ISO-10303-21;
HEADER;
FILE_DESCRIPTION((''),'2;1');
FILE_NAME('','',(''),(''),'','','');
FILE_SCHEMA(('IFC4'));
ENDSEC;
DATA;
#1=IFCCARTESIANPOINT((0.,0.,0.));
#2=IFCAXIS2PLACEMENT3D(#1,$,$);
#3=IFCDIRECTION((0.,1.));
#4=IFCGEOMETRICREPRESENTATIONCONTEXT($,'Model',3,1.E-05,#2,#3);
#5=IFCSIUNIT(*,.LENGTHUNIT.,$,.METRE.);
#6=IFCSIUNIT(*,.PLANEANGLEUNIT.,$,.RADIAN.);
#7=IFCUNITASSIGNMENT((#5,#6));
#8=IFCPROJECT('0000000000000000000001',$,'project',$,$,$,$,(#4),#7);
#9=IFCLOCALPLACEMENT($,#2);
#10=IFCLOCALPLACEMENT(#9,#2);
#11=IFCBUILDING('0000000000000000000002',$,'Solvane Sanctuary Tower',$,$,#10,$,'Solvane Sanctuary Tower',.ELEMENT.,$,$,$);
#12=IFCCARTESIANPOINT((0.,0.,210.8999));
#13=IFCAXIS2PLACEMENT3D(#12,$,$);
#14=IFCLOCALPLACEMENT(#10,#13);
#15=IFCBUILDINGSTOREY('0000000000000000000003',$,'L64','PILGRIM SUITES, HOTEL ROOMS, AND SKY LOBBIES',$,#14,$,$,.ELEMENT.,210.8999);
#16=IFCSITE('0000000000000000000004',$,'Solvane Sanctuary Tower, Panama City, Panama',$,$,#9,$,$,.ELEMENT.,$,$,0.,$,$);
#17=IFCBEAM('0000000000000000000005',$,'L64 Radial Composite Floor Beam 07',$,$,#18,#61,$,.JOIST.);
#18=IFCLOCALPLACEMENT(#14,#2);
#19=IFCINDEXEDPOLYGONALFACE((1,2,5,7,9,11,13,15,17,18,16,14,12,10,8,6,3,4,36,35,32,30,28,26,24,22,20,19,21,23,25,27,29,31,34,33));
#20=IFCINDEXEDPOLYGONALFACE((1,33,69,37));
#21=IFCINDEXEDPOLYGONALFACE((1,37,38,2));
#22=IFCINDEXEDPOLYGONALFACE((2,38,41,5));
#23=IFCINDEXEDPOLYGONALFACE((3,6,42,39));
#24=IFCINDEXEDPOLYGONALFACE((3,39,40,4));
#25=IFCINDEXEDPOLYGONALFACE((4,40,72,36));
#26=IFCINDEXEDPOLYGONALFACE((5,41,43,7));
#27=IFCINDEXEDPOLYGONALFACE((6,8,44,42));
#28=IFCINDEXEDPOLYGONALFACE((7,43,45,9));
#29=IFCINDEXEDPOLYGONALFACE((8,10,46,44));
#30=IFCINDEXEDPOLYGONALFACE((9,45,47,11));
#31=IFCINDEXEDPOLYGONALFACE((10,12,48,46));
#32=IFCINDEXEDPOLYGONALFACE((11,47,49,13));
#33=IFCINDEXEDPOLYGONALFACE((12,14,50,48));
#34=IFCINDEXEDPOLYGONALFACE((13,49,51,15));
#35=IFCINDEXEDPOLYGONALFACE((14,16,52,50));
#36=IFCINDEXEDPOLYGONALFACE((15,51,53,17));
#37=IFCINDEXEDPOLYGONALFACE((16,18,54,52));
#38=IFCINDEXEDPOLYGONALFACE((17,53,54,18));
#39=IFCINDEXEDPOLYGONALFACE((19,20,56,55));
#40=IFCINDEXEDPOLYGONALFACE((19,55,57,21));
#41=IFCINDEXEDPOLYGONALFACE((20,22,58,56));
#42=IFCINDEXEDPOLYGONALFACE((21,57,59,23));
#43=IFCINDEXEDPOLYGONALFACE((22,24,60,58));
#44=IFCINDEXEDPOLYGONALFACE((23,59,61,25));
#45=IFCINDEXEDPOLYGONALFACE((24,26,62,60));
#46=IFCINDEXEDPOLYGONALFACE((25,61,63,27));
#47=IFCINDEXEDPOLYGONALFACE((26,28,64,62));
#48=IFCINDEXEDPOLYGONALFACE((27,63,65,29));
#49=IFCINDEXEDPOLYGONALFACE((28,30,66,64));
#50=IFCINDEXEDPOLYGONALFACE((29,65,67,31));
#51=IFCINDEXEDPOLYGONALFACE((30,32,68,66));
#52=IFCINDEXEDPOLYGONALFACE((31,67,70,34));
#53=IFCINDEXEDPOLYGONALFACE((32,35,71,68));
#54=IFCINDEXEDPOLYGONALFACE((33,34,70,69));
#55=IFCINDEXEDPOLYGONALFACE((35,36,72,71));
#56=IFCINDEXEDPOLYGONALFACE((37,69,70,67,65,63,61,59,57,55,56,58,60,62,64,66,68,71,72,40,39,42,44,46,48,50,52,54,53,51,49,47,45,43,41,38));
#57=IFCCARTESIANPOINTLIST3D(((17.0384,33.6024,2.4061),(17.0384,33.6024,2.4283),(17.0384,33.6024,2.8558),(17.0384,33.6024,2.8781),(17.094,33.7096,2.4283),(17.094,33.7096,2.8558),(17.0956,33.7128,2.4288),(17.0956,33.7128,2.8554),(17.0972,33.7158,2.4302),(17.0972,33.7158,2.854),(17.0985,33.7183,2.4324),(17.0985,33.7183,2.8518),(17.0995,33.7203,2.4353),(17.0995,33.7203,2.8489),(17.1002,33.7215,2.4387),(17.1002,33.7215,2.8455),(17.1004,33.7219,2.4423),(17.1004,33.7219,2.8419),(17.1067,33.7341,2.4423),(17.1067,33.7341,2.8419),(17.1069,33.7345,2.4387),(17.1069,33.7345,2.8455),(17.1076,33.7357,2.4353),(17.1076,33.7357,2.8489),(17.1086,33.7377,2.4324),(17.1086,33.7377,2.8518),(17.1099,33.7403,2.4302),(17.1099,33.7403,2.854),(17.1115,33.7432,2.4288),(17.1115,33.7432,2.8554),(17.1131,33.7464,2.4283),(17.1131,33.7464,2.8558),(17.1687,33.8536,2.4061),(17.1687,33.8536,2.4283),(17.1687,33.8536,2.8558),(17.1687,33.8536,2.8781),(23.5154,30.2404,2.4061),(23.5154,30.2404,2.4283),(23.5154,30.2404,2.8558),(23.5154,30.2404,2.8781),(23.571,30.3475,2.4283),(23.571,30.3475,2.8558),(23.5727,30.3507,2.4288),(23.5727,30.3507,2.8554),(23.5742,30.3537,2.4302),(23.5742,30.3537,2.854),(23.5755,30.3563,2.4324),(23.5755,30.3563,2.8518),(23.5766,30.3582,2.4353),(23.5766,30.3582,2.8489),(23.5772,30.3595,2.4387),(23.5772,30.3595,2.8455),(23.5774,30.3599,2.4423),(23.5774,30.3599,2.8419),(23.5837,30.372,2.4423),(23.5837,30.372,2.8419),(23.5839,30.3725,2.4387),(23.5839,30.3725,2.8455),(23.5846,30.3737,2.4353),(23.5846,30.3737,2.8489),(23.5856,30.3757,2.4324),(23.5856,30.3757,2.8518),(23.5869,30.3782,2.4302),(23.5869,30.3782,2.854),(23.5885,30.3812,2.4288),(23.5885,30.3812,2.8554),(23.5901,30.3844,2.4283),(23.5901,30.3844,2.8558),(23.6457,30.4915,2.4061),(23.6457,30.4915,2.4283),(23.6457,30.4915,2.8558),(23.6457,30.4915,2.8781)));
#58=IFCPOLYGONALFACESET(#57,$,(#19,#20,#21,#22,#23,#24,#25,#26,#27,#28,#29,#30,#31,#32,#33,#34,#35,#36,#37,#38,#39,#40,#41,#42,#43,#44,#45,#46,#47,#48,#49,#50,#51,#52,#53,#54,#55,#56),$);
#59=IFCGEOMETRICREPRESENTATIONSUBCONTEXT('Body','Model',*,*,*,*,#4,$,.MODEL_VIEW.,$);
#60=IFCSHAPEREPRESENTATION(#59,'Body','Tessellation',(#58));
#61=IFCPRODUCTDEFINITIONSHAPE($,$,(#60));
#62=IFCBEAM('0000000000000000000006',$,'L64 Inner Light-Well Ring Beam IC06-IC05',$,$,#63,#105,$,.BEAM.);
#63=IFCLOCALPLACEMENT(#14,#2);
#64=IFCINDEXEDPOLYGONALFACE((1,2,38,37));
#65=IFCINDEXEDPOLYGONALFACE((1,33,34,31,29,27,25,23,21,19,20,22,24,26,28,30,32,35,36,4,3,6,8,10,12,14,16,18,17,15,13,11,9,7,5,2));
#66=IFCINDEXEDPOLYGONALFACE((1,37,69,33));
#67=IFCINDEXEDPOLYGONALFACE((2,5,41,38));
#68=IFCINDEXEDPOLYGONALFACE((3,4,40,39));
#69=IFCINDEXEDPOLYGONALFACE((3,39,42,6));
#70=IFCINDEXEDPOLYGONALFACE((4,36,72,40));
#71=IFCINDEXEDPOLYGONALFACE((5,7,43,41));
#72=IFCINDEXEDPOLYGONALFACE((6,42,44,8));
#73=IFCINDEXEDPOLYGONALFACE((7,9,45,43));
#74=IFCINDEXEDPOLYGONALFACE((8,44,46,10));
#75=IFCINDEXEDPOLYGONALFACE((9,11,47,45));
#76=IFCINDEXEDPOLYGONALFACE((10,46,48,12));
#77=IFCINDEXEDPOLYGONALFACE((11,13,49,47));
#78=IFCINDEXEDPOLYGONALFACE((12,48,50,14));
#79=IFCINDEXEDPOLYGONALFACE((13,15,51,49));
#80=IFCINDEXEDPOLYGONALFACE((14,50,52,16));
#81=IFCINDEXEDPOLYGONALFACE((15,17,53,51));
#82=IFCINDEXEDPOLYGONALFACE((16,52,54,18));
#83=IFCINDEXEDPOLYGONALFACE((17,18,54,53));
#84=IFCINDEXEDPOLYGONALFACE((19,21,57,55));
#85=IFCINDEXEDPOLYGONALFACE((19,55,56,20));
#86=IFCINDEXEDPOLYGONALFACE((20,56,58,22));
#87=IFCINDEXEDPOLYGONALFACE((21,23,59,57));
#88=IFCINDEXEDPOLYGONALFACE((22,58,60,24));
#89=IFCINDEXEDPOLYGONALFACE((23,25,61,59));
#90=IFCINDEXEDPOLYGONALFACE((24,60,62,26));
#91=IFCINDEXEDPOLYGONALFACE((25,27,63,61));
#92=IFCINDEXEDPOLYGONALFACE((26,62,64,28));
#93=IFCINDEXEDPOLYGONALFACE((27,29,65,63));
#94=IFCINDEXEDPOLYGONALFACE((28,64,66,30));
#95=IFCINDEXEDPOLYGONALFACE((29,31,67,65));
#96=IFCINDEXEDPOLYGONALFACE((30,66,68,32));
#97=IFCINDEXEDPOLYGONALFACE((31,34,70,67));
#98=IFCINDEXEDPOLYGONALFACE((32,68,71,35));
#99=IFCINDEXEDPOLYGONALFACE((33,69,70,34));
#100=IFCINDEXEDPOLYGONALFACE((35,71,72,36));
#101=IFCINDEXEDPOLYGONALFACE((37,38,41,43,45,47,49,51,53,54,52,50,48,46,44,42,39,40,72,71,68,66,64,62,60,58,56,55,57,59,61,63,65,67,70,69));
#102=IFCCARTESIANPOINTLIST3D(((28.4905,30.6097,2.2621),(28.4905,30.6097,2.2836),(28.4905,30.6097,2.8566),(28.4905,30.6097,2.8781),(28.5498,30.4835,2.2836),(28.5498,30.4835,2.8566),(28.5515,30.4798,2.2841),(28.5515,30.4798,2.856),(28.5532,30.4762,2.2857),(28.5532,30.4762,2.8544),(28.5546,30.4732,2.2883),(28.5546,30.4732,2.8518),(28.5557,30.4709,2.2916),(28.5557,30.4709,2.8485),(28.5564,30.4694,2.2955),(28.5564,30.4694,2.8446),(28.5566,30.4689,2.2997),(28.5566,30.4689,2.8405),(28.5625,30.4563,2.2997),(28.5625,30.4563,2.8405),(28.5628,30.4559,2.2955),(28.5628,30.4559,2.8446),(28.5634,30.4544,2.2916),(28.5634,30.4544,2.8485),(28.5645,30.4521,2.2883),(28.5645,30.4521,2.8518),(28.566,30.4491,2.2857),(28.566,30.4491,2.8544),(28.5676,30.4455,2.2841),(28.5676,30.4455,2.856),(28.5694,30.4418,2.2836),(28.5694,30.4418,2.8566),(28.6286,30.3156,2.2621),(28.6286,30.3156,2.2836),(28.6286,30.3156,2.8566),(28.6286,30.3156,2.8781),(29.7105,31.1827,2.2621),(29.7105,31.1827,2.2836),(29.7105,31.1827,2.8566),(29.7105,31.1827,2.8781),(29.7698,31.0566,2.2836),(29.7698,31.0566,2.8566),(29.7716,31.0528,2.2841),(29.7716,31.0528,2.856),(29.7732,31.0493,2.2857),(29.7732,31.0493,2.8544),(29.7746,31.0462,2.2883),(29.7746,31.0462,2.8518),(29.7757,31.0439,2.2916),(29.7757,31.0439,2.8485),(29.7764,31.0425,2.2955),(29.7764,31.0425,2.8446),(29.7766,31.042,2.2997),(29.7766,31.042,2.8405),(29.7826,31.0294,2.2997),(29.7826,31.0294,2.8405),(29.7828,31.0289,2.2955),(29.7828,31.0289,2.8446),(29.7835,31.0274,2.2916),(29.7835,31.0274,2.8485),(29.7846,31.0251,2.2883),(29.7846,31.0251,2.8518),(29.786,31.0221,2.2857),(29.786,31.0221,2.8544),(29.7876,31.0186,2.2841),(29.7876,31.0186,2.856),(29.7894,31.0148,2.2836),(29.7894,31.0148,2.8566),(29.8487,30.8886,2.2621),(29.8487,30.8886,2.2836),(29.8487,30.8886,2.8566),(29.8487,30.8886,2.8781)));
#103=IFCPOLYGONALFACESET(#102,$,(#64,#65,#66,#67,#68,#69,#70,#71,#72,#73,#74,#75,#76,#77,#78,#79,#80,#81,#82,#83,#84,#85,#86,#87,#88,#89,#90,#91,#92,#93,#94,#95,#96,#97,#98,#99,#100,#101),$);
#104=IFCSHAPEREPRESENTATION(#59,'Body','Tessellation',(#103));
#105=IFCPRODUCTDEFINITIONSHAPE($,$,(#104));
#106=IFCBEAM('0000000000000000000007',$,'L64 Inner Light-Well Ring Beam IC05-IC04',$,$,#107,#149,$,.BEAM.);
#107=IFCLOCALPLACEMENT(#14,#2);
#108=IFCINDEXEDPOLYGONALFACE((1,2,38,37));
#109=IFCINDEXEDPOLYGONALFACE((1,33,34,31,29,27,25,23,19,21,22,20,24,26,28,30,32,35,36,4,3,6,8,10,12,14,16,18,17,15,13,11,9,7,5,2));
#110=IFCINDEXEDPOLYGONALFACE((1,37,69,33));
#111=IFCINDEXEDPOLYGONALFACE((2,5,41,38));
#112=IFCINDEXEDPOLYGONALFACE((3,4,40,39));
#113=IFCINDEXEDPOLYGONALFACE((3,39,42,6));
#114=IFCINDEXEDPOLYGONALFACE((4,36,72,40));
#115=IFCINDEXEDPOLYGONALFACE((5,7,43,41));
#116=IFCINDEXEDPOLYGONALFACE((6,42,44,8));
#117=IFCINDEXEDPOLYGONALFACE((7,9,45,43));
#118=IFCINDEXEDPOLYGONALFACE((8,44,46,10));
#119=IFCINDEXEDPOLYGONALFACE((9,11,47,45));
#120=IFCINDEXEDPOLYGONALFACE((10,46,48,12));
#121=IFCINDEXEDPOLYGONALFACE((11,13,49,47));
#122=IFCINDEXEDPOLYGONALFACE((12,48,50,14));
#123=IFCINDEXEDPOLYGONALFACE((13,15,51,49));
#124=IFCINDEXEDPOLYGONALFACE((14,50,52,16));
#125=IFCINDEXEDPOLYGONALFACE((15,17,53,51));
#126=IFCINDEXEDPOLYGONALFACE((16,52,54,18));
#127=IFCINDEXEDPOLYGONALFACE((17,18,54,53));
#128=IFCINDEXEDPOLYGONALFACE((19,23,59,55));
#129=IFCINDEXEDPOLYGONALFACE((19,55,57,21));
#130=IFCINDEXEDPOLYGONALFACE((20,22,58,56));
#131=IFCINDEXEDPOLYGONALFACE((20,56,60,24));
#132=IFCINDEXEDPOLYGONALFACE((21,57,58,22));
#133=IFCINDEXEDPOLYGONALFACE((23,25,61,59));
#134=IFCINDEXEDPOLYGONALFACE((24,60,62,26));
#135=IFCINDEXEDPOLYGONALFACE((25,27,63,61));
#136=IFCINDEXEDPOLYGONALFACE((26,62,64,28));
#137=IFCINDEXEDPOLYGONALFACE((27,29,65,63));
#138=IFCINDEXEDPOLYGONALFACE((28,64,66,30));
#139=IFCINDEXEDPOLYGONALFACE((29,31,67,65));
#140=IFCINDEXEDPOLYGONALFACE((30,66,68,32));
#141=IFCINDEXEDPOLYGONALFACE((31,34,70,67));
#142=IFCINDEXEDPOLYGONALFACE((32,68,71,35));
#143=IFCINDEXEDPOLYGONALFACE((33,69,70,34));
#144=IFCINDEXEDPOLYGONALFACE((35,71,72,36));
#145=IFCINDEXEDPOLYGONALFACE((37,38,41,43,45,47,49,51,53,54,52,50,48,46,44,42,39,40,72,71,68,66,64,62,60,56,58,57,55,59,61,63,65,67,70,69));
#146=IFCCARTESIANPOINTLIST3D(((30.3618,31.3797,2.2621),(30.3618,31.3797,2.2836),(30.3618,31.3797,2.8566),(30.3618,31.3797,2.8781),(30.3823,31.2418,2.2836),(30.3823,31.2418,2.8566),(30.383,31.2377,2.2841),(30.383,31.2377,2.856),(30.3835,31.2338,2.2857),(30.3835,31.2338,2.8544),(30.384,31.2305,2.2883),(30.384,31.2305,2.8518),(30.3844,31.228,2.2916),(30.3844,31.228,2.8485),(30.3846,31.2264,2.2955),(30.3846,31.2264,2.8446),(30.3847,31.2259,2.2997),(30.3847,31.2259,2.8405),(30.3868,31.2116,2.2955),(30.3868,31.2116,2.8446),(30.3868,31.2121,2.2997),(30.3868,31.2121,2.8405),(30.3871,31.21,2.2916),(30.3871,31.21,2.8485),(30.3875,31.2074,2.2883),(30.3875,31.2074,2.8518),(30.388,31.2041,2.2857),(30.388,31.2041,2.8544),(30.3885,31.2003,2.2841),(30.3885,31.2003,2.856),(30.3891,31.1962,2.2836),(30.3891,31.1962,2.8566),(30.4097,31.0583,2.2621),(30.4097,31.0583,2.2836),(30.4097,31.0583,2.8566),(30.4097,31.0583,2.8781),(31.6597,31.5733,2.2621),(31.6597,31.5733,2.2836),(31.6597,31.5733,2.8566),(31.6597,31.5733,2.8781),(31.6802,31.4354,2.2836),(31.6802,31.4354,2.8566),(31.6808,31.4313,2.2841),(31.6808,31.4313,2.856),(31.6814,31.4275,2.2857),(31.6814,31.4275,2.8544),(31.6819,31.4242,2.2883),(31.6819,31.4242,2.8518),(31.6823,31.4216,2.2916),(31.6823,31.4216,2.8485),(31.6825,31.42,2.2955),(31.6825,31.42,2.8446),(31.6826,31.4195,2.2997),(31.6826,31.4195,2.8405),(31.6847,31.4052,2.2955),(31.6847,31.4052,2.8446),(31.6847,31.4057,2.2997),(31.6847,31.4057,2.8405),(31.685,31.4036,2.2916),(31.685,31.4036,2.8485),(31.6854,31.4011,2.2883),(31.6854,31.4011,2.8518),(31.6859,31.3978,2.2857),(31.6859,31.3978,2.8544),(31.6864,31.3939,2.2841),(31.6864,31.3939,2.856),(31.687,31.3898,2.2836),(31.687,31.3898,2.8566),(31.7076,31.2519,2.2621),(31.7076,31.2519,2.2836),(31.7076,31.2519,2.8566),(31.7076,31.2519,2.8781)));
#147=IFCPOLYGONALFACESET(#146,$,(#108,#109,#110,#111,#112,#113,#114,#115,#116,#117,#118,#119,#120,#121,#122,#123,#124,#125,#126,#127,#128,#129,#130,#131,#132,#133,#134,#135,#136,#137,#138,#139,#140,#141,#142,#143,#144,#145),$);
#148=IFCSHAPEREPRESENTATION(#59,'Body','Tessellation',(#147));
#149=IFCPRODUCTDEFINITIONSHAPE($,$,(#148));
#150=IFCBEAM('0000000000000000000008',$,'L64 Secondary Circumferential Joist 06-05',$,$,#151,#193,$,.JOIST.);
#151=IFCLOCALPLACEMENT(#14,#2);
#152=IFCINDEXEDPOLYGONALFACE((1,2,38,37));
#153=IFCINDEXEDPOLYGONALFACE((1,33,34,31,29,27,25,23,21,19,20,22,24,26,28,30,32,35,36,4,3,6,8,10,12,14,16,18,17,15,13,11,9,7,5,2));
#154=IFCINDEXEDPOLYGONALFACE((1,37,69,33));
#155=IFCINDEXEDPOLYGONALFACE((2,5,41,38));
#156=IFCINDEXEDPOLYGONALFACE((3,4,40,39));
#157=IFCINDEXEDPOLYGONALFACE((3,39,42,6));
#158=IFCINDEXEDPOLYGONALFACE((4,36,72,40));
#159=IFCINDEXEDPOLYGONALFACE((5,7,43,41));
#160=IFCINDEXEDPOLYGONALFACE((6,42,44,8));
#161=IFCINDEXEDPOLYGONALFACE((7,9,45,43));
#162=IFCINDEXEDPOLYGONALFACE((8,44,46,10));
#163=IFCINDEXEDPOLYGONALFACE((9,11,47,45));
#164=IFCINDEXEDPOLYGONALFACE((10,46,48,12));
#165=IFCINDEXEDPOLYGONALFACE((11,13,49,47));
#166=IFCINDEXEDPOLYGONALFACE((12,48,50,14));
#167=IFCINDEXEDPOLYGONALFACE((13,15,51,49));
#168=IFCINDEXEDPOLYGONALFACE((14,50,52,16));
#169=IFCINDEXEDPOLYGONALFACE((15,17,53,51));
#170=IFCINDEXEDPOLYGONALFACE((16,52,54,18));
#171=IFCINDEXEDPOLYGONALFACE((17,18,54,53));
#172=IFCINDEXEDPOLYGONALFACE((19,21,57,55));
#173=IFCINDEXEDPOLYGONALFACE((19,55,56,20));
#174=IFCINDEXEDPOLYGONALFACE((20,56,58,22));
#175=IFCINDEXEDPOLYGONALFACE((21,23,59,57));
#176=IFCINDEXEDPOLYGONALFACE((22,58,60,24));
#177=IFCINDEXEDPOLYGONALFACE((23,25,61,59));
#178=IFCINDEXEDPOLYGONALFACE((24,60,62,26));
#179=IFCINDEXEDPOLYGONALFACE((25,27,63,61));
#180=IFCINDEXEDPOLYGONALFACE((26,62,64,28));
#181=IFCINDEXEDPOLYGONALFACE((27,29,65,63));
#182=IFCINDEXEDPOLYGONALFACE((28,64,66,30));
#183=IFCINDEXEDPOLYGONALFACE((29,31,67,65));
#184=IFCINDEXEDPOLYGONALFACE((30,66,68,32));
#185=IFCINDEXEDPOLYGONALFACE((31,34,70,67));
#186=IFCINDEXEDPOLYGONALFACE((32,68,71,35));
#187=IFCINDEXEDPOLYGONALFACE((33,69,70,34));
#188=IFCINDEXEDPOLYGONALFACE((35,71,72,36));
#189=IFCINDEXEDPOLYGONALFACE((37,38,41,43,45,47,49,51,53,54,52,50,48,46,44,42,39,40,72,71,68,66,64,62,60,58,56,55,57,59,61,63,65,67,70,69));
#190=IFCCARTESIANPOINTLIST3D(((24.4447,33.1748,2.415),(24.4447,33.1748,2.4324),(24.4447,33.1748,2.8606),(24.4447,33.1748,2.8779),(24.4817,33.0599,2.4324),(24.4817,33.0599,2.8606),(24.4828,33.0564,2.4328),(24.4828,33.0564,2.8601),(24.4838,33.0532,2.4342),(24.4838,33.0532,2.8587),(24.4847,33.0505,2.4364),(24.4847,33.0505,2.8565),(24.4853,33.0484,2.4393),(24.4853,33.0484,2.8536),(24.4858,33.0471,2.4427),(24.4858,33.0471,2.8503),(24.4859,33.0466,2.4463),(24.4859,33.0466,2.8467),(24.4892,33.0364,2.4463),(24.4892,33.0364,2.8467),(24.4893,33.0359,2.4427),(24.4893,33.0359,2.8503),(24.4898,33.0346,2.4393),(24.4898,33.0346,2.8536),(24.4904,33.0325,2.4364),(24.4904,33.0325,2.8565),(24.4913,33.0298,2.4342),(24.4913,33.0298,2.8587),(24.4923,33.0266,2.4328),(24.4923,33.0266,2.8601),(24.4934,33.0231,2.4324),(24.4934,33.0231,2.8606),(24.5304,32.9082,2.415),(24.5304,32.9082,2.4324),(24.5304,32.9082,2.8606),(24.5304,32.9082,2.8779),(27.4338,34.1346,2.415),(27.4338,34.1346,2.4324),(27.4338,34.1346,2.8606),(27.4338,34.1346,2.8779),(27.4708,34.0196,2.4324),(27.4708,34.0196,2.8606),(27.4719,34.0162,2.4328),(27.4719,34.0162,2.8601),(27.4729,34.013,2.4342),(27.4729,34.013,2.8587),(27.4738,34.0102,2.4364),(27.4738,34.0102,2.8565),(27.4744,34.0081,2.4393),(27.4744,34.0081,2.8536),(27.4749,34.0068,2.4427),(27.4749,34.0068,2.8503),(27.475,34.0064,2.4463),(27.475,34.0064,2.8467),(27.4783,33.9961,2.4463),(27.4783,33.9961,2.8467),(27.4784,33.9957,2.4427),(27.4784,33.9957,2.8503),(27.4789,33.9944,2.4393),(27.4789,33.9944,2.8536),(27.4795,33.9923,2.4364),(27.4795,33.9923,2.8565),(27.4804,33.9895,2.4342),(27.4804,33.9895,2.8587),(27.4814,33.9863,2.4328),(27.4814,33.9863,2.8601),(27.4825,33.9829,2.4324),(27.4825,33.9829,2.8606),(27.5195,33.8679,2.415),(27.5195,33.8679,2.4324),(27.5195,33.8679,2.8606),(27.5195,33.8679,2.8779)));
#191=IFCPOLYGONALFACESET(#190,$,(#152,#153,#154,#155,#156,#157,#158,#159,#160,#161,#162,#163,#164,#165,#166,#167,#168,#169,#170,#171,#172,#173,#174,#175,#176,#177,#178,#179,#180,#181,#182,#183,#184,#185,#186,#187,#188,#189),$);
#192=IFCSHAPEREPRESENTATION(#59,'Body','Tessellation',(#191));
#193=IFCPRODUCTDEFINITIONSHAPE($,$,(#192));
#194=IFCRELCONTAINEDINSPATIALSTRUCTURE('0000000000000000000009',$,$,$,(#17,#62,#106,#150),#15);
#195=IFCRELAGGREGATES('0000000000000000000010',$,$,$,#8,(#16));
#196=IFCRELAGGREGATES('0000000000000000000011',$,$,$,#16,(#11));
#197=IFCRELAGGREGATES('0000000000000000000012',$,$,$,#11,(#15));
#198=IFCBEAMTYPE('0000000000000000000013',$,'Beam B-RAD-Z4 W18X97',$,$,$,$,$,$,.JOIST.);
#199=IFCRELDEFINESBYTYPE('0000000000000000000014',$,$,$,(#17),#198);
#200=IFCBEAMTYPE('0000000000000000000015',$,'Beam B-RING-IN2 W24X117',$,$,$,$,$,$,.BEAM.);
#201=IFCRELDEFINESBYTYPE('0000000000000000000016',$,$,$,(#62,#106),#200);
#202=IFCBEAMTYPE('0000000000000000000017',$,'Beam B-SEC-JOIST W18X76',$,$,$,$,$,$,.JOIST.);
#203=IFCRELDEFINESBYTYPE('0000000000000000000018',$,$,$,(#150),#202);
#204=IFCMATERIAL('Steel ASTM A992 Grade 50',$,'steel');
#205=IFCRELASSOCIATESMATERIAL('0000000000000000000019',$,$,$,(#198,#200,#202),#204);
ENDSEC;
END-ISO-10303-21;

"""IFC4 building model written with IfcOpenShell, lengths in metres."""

from ifc_helpers import new_model, si_unit, direction, frame, origin, origin_2d, place, context, subcontext, project, spatial, i_section, extrude, material, material_profile, profile_set, type_object, element, save


model = new_model("IFC4")

# Units and contexts
model_context = context("Model", 3, precision=1e-05, world=origin(), true_north=direction((0.0, 1.0)))
body_context = subcontext(model_context, "Body", "Model", "MODEL_VIEW")
ifc_project = project(units=[si_unit("LENGTHUNIT", "METRE"), si_unit("PLANEANGLEUNIT", "RADIAN")], contexts=[model_context])

# Site, building, storey
site_placement = place(None, origin())
site = spatial("IfcSite", under=ifc_project, at=site_placement, Name="Solvane Sanctuary Tower, Panama City, Panama", CompositionType="ELEMENT", RefElevation=0.0)
building_placement = place(site_placement, origin())
building = spatial("IfcBuilding", under=site, at=building_placement, Name="Solvane Sanctuary Tower", LongName="Solvane Sanctuary Tower", CompositionType="ELEMENT")
storey_placement = place(building_placement, frame((0.0, 0.0, 210.8999)))
storey = spatial("IfcBuildingStorey", under=building, at=storey_placement, Name="L64", Description="PILGRIM SUITES, HOTEL ROOMS, AND SKY LOBBIES", CompositionType="ELEMENT", Elevation=210.8999)

# Beams
ifc_material_1 = material(Name="Steel ASTM A992 Grade 50", Category="steel")
ifc_material_profile_1 = material_profile(ifc_material_1, i_section(OverallWidth=0.283, OverallDepth=0.4719, WebThickness=0.0137, FlangeThickness=0.0222, FilletRadius=0.0139, at=origin_2d()), Name="W18X97")
ifc_profile_set_1 = profile_set([ifc_material_profile_1], Name="Steel ASTM A992 Grade 50")
beam_type_1 = type_object("IfcBeamType", Name="Beam B-RAD-Z4 W18X97", PredefinedType="JOIST", material=ifc_profile_set_1)
beam_1_placement = place(storey_placement, frame((23.5806, 30.366, 2.6421), z_axis=(-0.887553, 0.460705, 0.0), x_axis=(-0.460705, -0.887553, 0.0)))
element("IfcBeam", 1, at=beam_1_placement, inside=storey, type_object=beam_type_1, Name="L64 Radial Composite Floor Beam 07", PredefinedType="JOIST", context=body_context, shape_type="SweptSolid", body=[
    extrude(i_section(OverallWidth=0.283, OverallDepth=0.4719, WebThickness=0.0137, FlangeThickness=0.0222, FilletRadius=0.0139, at=origin_2d()), origin(), (0.0, 0.0, 1.0), 7.2976),
])
ifc_material_profile_2 = material_profile(ifc_material_1, i_section(OverallWidth=0.325, OverallDepth=0.616, WebThickness=0.0139, FlangeThickness=0.0215, FilletRadius=0.0161, at=origin_2d()), Name="W24X117")
ifc_profile_set_2 = profile_set([ifc_material_profile_2], Name="Steel ASTM A992 Grade 50")
beam_type_2 = type_object("IfcBeamType", Name="Beam B-RING-IN2 W24X117", PredefinedType="BEAM", material=ifc_profile_set_2)
beam_2_placement = place(storey_placement, frame((28.5596, 30.4626, 2.5701), z_axis=(0.905135, 0.425125, 0.0), x_axis=(-0.425125, 0.905135, 0.0)))
element("IfcBeam", 2, at=beam_2_placement, inside=storey, type_object=beam_type_2, Name="L64 Inner Light-Well Ring Beam IC06-IC05", PredefinedType="BEAM", context=body_context, shape_type="SweptSolid", body=[
    extrude(i_section(OverallWidth=0.325, OverallDepth=0.616, WebThickness=0.0139, FlangeThickness=0.0215, FilletRadius=0.0161, at=origin_2d()), origin(), (0.0, 0.0, 1.0), 1.3479),
])
beam_3_placement = place(storey_placement, frame((30.3857, 31.219, 2.5701), z_axis=(0.989056, 0.14754, 0.0), x_axis=(-0.14754, 0.989056, 0.0)))
element("IfcBeam", 3, at=beam_3_placement, inside=storey, type_object=beam_type_2, Name="L64 Inner Light-Well Ring Beam IC05-IC04", PredefinedType="BEAM", context=body_context, shape_type="SweptSolid", body=[
    extrude(i_section(OverallWidth=0.325, OverallDepth=0.616, WebThickness=0.0139, FlangeThickness=0.0215, FilletRadius=0.0161, at=origin_2d()), origin(), (0.0, 0.0, 1.0), 1.3123),
])
ifc_material_profile_3 = material_profile(ifc_material_1, i_section(OverallWidth=0.28, OverallDepth=0.4629, WebThickness=0.0107, FlangeThickness=0.0173, FilletRadius=0.0139, at=origin_2d()), Name="W18X76")
ifc_profile_set_3 = profile_set([ifc_material_profile_3], Name="Steel ASTM A992 Grade 50")
beam_type_3 = type_object("IfcBeamType", Name="Beam B-SEC-JOIST W18X76", PredefinedType="JOIST", material=ifc_profile_set_3)
beam_4_placement = place(storey_placement, frame((24.4875, 33.0415, 2.6465), z_axis=(0.952125, 0.30571, 0.0), x_axis=(-0.30571, 0.952125, 0.0)))
element("IfcBeam", 4, at=beam_4_placement, inside=storey, type_object=beam_type_3, Name="L64 Secondary Circumferential Joist 06-05", PredefinedType="JOIST", context=body_context, shape_type="SweptSolid", body=[
    extrude(i_section(OverallWidth=0.28, OverallDepth=0.4629, WebThickness=0.0107, FlangeThickness=0.0173, FilletRadius=0.0139, at=origin_2d()), origin(), (0.0, 0.0, 1.0), 3.1394),
])

save(model, "model.ifc")
